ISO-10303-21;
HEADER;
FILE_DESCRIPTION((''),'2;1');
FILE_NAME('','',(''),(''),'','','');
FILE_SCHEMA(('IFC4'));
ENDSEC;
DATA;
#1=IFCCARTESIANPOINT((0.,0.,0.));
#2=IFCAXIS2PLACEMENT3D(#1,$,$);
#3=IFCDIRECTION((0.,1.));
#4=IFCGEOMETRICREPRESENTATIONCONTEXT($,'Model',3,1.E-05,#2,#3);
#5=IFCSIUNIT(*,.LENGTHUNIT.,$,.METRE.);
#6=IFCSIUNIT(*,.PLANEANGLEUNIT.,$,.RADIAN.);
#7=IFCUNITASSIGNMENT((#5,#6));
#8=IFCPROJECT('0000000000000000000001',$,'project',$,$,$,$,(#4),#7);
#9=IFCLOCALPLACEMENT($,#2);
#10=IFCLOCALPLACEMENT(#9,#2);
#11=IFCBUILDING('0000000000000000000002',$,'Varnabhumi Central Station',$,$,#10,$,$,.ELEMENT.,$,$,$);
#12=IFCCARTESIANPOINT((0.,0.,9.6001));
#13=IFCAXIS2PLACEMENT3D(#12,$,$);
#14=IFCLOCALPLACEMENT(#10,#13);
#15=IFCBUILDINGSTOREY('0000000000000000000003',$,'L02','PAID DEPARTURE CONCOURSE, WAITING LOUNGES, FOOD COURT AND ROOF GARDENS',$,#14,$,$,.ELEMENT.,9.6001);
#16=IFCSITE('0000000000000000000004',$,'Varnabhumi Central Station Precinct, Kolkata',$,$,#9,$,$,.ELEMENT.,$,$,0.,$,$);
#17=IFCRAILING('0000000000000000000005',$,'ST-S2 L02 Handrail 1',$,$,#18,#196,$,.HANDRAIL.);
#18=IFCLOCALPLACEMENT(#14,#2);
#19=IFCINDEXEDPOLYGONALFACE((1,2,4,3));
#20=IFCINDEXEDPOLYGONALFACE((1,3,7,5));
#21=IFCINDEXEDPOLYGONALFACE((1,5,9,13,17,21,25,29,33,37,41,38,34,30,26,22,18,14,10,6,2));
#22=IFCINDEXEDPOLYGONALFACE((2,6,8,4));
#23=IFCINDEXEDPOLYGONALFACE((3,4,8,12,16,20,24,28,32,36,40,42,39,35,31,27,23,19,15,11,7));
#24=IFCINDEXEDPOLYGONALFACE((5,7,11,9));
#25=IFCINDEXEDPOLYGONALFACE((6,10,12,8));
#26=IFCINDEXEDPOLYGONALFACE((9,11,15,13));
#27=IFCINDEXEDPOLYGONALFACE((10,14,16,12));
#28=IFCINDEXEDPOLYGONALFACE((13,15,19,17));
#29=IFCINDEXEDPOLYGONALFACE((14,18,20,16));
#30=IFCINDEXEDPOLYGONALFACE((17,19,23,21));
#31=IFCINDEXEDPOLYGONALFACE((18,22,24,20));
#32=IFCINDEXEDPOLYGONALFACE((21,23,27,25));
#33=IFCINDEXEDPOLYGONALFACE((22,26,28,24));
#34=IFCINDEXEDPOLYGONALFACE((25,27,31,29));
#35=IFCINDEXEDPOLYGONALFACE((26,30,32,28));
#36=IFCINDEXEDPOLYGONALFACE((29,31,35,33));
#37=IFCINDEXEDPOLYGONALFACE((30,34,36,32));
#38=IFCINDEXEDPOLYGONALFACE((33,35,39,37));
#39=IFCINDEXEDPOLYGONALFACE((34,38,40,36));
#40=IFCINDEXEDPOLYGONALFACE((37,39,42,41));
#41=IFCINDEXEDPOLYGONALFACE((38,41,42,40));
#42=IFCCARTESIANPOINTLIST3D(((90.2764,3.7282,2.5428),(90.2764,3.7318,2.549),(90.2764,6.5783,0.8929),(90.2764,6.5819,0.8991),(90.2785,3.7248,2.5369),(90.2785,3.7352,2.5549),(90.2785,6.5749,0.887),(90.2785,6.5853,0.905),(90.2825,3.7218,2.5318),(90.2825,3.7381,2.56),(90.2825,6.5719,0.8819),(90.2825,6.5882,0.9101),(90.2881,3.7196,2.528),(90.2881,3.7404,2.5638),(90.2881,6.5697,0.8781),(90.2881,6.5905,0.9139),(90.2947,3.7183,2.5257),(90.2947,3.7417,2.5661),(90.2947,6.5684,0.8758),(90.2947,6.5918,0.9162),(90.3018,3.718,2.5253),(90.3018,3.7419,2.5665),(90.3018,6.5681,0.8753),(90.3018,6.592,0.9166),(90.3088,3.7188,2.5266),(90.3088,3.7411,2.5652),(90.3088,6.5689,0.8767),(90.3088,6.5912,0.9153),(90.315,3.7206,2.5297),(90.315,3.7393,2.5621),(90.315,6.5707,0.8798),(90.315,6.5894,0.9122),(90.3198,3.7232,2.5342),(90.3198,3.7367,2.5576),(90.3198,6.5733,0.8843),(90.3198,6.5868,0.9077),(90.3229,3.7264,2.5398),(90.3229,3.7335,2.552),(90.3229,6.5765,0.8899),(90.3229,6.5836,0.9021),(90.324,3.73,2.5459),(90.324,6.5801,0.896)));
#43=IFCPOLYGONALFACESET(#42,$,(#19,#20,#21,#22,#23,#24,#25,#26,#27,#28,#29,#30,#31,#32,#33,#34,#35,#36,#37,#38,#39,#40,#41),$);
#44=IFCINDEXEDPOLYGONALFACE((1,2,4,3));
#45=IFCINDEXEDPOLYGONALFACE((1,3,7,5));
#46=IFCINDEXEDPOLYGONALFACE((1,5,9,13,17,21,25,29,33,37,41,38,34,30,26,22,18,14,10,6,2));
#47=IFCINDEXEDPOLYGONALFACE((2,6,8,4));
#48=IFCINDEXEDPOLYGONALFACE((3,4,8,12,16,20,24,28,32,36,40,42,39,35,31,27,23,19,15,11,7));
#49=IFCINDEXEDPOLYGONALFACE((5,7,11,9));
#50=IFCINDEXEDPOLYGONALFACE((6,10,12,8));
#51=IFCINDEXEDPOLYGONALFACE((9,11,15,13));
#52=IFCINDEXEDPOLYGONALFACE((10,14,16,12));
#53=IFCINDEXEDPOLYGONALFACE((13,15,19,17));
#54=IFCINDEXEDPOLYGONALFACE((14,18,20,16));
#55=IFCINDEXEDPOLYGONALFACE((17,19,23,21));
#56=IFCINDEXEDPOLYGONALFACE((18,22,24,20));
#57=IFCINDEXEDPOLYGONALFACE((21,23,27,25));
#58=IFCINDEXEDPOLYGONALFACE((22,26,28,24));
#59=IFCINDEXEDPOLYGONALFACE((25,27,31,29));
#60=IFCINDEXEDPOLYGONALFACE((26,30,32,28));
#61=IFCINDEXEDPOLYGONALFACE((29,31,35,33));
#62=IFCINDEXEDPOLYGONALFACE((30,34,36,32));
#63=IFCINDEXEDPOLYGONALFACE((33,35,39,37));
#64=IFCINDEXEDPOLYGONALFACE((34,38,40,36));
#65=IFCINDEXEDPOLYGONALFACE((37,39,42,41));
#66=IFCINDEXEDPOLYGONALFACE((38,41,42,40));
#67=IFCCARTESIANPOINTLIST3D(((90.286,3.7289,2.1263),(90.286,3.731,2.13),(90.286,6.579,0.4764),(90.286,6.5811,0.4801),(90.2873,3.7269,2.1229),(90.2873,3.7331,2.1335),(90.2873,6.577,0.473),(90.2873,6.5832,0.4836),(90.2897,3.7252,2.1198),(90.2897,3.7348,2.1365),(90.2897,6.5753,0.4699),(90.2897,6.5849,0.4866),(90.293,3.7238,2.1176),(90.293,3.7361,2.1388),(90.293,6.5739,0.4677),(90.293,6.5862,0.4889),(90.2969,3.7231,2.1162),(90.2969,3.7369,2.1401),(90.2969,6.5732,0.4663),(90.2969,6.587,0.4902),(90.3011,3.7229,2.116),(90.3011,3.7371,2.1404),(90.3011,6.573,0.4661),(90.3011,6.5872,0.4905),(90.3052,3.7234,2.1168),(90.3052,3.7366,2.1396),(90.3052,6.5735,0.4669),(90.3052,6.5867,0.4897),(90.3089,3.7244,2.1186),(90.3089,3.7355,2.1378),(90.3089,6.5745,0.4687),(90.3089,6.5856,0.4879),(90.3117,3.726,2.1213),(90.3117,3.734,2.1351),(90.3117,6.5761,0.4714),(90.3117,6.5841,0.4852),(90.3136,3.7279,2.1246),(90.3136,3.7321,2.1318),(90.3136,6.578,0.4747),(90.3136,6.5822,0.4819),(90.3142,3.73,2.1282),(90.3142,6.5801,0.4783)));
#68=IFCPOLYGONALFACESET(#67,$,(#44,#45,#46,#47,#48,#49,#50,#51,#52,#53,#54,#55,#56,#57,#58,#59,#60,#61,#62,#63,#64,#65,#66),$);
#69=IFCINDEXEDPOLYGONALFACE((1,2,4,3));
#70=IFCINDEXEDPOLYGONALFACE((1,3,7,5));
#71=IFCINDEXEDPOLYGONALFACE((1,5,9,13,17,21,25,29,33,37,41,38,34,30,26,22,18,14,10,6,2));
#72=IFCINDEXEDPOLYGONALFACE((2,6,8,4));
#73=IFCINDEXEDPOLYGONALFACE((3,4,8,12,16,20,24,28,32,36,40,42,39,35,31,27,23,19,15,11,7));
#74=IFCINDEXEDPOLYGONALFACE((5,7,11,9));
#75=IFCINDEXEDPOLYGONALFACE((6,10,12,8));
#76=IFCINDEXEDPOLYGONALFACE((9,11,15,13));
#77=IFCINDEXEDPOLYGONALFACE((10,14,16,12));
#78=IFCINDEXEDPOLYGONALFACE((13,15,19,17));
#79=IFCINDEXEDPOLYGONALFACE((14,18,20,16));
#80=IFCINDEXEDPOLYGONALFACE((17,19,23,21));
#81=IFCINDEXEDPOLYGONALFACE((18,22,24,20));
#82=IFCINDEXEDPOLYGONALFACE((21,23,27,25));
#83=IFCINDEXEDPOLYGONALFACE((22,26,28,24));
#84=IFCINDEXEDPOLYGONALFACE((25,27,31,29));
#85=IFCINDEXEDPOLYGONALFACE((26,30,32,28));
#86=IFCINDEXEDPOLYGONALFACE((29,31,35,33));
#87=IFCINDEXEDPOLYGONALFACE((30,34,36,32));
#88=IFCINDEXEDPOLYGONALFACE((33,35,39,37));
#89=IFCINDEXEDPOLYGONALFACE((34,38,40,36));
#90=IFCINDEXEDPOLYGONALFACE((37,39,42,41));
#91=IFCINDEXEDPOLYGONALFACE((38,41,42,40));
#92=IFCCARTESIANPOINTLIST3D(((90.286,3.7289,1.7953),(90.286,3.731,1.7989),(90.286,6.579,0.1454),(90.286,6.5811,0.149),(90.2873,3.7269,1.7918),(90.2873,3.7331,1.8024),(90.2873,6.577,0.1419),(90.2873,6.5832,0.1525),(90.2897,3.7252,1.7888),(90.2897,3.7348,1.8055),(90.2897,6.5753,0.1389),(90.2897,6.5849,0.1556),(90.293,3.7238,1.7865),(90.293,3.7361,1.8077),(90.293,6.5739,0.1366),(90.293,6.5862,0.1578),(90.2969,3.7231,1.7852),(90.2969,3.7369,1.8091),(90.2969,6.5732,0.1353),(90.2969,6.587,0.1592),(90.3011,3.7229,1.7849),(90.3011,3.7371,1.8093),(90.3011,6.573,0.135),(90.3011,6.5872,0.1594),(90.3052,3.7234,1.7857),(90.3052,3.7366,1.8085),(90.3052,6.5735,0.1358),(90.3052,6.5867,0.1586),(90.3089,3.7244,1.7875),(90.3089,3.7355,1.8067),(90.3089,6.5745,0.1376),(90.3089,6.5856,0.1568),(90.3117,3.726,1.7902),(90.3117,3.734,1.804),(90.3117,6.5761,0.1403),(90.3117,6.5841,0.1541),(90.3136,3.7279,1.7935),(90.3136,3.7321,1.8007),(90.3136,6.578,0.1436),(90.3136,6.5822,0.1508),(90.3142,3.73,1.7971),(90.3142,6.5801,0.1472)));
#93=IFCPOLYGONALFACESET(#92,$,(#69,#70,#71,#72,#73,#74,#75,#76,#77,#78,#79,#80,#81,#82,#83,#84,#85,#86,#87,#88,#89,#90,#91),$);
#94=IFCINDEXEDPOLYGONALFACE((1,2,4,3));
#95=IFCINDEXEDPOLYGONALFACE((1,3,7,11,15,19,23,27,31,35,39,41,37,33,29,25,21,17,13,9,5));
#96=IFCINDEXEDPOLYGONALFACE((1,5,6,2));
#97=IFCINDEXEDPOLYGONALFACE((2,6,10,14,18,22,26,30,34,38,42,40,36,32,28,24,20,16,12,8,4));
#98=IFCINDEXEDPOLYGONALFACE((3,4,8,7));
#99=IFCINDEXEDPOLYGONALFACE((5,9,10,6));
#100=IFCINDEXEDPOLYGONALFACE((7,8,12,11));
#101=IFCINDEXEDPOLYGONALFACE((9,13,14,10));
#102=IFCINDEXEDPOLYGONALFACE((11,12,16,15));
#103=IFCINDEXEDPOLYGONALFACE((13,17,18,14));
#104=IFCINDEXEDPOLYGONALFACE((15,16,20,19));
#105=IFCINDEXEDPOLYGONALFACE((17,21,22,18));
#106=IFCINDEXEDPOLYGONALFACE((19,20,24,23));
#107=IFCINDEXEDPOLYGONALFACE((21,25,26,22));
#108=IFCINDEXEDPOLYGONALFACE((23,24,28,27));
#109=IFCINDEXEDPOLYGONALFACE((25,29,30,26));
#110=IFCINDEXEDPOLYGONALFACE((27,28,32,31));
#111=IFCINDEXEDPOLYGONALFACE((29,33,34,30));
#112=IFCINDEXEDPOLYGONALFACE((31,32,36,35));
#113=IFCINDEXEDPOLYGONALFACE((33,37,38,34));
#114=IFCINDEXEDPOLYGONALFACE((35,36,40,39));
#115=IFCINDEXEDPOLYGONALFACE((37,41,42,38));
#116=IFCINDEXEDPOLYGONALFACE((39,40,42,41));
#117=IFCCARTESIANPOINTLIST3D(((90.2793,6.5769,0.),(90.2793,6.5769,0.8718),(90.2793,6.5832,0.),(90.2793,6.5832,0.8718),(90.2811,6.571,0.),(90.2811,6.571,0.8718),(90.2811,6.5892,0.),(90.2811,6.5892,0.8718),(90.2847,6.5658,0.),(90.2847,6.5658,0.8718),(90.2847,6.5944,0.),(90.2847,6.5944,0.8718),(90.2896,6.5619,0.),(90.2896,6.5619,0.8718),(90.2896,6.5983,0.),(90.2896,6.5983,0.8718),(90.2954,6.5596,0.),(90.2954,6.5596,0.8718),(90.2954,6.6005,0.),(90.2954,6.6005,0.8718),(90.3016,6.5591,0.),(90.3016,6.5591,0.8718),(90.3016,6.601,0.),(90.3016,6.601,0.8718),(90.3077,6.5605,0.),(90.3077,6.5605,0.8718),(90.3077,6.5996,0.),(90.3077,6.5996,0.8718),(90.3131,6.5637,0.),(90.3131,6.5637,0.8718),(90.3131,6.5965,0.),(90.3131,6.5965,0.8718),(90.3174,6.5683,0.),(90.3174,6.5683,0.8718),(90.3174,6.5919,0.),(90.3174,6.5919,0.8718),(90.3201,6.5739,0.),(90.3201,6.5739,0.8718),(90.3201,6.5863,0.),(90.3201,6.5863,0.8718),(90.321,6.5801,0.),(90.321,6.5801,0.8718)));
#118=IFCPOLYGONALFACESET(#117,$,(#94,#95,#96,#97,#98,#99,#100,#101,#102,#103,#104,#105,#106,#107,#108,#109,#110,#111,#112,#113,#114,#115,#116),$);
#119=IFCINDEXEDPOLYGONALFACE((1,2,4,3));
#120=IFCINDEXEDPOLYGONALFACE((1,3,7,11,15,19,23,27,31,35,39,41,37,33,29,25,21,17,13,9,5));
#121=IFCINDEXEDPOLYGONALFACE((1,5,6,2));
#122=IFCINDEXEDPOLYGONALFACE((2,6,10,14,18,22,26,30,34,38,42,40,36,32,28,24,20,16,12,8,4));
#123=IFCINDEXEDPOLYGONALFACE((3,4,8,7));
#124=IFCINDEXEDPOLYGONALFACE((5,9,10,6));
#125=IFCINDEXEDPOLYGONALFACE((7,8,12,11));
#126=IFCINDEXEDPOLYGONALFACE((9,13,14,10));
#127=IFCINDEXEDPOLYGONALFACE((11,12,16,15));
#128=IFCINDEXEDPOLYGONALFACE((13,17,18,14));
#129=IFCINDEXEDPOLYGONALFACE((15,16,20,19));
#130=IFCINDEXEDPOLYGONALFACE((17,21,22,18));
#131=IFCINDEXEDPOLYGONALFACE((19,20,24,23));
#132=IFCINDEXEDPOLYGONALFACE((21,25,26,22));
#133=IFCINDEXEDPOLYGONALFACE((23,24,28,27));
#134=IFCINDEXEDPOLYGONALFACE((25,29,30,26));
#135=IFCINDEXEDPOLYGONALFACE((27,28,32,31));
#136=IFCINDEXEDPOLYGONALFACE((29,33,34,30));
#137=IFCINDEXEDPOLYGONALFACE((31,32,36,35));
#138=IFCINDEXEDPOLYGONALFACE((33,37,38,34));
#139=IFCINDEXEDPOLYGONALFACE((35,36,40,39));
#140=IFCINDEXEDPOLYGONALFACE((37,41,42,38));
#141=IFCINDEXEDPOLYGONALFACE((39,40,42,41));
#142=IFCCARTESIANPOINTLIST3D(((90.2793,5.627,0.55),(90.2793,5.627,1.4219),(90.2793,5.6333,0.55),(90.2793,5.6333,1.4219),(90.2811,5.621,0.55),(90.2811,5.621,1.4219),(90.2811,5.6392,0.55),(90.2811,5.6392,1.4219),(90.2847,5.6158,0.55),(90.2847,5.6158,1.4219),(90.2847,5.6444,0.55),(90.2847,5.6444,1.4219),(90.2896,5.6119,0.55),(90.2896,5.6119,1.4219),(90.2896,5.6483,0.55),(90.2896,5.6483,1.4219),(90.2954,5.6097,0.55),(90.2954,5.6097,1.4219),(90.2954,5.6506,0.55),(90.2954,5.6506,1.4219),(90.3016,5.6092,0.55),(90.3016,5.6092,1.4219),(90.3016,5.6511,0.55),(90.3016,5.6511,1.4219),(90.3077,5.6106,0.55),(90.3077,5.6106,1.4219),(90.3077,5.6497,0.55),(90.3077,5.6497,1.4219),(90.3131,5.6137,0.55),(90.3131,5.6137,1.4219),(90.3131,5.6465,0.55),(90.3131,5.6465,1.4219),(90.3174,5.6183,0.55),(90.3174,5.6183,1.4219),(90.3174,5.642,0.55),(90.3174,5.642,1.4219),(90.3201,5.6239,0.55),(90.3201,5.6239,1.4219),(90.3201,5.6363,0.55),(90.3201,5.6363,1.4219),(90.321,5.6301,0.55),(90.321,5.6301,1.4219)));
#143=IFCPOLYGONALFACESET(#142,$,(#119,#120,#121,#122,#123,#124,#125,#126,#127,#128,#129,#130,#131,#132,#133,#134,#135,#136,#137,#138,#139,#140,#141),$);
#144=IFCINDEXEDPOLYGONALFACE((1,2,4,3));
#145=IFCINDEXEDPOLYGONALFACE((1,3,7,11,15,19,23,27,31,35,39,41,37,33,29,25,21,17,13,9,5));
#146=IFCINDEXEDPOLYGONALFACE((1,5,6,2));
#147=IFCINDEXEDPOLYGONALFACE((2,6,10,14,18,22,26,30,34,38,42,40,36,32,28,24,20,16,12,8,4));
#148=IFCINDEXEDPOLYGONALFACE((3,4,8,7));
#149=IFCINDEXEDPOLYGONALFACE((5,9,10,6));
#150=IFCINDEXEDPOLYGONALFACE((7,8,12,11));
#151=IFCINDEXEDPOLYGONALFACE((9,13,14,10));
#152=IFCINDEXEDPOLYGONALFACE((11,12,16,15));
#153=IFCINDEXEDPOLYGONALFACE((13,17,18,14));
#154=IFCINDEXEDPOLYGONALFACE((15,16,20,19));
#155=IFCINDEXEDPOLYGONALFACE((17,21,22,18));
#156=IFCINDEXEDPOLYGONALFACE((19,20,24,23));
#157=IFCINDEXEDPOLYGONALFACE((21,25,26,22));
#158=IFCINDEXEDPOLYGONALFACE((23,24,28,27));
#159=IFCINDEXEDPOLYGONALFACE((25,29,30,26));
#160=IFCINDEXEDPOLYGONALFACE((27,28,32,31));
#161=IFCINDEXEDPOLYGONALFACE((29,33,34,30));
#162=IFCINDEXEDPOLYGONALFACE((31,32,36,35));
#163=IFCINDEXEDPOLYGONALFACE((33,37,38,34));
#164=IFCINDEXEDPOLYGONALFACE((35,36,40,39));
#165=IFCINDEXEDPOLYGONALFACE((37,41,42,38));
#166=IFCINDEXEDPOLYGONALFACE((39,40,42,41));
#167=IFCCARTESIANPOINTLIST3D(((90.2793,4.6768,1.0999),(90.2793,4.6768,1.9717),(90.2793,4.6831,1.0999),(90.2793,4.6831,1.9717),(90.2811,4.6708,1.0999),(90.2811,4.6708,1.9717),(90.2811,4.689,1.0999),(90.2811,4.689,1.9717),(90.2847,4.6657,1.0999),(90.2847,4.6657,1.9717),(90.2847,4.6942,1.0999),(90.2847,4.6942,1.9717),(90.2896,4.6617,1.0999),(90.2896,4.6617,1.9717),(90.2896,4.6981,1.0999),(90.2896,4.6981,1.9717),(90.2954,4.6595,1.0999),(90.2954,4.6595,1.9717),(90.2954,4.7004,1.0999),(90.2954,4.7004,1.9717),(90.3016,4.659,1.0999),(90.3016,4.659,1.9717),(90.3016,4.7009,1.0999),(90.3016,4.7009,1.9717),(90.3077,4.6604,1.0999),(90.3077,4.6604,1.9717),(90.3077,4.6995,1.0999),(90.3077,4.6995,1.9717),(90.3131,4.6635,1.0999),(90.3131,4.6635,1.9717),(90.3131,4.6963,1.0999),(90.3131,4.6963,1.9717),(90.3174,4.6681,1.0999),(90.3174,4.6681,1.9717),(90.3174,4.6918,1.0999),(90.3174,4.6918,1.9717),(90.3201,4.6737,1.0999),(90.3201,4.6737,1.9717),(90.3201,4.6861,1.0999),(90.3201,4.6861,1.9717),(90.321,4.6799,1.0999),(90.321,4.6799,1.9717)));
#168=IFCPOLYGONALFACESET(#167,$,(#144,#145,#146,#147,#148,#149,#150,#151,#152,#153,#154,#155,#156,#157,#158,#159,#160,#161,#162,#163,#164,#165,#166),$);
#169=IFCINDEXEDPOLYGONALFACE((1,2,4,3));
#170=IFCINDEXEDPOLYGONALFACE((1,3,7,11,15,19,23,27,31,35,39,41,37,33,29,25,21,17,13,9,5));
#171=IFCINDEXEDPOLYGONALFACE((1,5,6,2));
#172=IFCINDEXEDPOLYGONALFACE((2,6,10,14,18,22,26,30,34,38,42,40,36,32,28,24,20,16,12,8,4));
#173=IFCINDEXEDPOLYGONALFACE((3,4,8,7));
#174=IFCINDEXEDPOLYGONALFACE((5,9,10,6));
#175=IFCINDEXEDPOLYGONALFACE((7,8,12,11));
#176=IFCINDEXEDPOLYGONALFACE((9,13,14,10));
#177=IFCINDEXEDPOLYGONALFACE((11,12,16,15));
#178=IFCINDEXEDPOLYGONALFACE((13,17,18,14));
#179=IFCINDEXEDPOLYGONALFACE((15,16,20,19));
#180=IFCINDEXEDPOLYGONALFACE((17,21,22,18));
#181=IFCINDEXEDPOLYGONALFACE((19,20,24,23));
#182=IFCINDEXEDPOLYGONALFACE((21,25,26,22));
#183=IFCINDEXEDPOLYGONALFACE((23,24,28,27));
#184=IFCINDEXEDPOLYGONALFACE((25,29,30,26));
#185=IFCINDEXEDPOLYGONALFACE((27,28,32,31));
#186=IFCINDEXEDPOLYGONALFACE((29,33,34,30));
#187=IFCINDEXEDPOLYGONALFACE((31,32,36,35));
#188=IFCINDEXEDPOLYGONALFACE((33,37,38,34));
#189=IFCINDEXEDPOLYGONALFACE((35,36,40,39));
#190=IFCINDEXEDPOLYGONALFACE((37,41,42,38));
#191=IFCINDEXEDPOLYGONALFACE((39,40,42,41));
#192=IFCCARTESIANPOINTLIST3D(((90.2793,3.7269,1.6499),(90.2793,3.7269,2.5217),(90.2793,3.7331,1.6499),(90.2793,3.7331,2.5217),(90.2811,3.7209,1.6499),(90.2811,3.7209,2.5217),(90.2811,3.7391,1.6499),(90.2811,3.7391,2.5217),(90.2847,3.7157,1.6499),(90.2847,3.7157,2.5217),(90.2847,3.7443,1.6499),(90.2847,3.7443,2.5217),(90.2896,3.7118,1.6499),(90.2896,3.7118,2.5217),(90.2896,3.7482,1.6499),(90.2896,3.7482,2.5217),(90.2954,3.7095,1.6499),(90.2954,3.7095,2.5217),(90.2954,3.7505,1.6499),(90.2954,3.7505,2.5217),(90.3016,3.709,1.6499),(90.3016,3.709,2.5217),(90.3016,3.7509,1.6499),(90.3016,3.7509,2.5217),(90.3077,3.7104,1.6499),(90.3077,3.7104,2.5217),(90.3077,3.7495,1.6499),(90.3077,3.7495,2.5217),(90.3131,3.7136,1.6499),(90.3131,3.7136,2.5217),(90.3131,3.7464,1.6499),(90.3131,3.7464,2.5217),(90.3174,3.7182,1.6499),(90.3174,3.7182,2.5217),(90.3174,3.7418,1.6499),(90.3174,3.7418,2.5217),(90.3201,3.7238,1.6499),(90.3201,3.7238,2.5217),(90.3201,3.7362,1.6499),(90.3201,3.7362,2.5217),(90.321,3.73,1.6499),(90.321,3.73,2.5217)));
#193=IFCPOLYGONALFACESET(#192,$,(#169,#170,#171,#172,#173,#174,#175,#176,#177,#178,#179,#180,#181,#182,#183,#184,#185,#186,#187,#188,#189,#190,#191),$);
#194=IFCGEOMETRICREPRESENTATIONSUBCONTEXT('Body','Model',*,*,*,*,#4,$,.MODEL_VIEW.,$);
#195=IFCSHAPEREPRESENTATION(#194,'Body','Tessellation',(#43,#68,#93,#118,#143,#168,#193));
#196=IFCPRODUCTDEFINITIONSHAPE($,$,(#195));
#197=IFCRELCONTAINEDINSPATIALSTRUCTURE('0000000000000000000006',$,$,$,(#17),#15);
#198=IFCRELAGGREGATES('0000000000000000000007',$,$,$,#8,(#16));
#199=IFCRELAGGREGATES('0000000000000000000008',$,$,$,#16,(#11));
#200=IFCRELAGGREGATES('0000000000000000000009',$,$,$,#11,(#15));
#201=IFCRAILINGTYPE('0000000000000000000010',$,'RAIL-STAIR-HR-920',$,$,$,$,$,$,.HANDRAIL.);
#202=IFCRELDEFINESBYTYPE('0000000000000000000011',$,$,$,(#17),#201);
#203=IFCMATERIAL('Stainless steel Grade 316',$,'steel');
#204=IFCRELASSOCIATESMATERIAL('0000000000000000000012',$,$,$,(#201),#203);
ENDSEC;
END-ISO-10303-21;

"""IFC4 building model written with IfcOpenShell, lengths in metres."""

from ifc_helpers import new_model, si_unit, direction, frame, origin, origin_2d, place, context, subcontext, project, spatial, circle, extrude, material, type_object, element, save


model = new_model("IFC4")

# Units and contexts
model_context = context("Model", 3, precision=1e-05, world=origin(), true_north=direction((0.0, 1.0)))
body_context = subcontext(model_context, "Body", "Model", "MODEL_VIEW")
ifc_project = project(units=[si_unit("LENGTHUNIT", "METRE"), si_unit("PLANEANGLEUNIT", "RADIAN")], contexts=[model_context])

# Site, building, storey
site_placement = place(None, origin())
site = spatial("IfcSite", under=ifc_project, at=site_placement, Name="Varnabhumi Central Station Precinct, Kolkata", CompositionType="ELEMENT", RefElevation=0.0)
building_placement = place(site_placement, origin())
building = spatial("IfcBuilding", under=site, at=building_placement, Name="Varnabhumi Central Station", CompositionType="ELEMENT")
storey_placement = place(building_placement, frame((0.0, 0.0, 9.6001)))
storey = spatial("IfcBuildingStorey", under=building, at=storey_placement, Name="L02", Description="PAID DEPARTURE CONCOURSE, WAITING LOUNGES, FOOD COURT AND ROOF GARDENS", CompositionType="ELEMENT", Elevation=9.6001)

# Shared definitions
ifc_material_1 = material(Name="Stainless steel Grade 316", Category="steel")

# Railing
railing_type_1 = type_object("IfcRailingType", Name="RAIL-STAIR-HR-920", PredefinedType="HANDRAIL", material=ifc_material_1)
railing_1_placement = place(storey_placement, frame((90.3, 6.5801, 0.0)))
element("IfcRailing", 1, at=railing_1_placement, inside=storey, type_object=railing_type_1, Name="ST-S2 L02 Handrail 1", PredefinedType="HANDRAIL", context=body_context, shape_type="SweptSolid", body=[
    extrude(circle(Radius=0.0239, at=origin_2d()), frame((0.0, 0.0, 0.896), z_axis=(0.0, -0.865447, 0.501001), x_axis=(1.0, 0.0, 0.0)), (0.0, 0.0, 1.0), 3.2932),
    extrude(circle(Radius=0.0142, at=origin_2d()), frame((0.0, 0.0, 0.4783), z_axis=(0.0, -0.865447, 0.501001), x_axis=(1.0, 0.0, 0.0)), (0.0, 0.0, 1.0), 3.2932),
    extrude(circle(Radius=0.0142, at=origin_2d()), frame((0.0, 0.0, 0.1472), z_axis=(0.0, -0.865447, 0.501001), x_axis=(1.0, 0.0, 0.0)), (0.0, 0.0, 1.0), 3.2932),
    extrude(circle(Radius=0.021, at=origin_2d()), origin(), (0.0, 0.0, 1.0), 0.8718),
    extrude(circle(Radius=0.021, at=origin_2d()), frame((0.0, -0.95, 0.55)), (0.0, 0.0, 1.0), 0.8718),
    extrude(circle(Radius=0.021, at=origin_2d()), frame((0.0, -1.9001, 1.0999)), (0.0, 0.0, 1.0), 0.8718),
    extrude(circle(Radius=0.021, at=origin_2d()), frame((0.0, -2.8501, 1.6499)), (0.0, 0.0, 1.0), 0.8718),
])

save(model, "model.ifc")
